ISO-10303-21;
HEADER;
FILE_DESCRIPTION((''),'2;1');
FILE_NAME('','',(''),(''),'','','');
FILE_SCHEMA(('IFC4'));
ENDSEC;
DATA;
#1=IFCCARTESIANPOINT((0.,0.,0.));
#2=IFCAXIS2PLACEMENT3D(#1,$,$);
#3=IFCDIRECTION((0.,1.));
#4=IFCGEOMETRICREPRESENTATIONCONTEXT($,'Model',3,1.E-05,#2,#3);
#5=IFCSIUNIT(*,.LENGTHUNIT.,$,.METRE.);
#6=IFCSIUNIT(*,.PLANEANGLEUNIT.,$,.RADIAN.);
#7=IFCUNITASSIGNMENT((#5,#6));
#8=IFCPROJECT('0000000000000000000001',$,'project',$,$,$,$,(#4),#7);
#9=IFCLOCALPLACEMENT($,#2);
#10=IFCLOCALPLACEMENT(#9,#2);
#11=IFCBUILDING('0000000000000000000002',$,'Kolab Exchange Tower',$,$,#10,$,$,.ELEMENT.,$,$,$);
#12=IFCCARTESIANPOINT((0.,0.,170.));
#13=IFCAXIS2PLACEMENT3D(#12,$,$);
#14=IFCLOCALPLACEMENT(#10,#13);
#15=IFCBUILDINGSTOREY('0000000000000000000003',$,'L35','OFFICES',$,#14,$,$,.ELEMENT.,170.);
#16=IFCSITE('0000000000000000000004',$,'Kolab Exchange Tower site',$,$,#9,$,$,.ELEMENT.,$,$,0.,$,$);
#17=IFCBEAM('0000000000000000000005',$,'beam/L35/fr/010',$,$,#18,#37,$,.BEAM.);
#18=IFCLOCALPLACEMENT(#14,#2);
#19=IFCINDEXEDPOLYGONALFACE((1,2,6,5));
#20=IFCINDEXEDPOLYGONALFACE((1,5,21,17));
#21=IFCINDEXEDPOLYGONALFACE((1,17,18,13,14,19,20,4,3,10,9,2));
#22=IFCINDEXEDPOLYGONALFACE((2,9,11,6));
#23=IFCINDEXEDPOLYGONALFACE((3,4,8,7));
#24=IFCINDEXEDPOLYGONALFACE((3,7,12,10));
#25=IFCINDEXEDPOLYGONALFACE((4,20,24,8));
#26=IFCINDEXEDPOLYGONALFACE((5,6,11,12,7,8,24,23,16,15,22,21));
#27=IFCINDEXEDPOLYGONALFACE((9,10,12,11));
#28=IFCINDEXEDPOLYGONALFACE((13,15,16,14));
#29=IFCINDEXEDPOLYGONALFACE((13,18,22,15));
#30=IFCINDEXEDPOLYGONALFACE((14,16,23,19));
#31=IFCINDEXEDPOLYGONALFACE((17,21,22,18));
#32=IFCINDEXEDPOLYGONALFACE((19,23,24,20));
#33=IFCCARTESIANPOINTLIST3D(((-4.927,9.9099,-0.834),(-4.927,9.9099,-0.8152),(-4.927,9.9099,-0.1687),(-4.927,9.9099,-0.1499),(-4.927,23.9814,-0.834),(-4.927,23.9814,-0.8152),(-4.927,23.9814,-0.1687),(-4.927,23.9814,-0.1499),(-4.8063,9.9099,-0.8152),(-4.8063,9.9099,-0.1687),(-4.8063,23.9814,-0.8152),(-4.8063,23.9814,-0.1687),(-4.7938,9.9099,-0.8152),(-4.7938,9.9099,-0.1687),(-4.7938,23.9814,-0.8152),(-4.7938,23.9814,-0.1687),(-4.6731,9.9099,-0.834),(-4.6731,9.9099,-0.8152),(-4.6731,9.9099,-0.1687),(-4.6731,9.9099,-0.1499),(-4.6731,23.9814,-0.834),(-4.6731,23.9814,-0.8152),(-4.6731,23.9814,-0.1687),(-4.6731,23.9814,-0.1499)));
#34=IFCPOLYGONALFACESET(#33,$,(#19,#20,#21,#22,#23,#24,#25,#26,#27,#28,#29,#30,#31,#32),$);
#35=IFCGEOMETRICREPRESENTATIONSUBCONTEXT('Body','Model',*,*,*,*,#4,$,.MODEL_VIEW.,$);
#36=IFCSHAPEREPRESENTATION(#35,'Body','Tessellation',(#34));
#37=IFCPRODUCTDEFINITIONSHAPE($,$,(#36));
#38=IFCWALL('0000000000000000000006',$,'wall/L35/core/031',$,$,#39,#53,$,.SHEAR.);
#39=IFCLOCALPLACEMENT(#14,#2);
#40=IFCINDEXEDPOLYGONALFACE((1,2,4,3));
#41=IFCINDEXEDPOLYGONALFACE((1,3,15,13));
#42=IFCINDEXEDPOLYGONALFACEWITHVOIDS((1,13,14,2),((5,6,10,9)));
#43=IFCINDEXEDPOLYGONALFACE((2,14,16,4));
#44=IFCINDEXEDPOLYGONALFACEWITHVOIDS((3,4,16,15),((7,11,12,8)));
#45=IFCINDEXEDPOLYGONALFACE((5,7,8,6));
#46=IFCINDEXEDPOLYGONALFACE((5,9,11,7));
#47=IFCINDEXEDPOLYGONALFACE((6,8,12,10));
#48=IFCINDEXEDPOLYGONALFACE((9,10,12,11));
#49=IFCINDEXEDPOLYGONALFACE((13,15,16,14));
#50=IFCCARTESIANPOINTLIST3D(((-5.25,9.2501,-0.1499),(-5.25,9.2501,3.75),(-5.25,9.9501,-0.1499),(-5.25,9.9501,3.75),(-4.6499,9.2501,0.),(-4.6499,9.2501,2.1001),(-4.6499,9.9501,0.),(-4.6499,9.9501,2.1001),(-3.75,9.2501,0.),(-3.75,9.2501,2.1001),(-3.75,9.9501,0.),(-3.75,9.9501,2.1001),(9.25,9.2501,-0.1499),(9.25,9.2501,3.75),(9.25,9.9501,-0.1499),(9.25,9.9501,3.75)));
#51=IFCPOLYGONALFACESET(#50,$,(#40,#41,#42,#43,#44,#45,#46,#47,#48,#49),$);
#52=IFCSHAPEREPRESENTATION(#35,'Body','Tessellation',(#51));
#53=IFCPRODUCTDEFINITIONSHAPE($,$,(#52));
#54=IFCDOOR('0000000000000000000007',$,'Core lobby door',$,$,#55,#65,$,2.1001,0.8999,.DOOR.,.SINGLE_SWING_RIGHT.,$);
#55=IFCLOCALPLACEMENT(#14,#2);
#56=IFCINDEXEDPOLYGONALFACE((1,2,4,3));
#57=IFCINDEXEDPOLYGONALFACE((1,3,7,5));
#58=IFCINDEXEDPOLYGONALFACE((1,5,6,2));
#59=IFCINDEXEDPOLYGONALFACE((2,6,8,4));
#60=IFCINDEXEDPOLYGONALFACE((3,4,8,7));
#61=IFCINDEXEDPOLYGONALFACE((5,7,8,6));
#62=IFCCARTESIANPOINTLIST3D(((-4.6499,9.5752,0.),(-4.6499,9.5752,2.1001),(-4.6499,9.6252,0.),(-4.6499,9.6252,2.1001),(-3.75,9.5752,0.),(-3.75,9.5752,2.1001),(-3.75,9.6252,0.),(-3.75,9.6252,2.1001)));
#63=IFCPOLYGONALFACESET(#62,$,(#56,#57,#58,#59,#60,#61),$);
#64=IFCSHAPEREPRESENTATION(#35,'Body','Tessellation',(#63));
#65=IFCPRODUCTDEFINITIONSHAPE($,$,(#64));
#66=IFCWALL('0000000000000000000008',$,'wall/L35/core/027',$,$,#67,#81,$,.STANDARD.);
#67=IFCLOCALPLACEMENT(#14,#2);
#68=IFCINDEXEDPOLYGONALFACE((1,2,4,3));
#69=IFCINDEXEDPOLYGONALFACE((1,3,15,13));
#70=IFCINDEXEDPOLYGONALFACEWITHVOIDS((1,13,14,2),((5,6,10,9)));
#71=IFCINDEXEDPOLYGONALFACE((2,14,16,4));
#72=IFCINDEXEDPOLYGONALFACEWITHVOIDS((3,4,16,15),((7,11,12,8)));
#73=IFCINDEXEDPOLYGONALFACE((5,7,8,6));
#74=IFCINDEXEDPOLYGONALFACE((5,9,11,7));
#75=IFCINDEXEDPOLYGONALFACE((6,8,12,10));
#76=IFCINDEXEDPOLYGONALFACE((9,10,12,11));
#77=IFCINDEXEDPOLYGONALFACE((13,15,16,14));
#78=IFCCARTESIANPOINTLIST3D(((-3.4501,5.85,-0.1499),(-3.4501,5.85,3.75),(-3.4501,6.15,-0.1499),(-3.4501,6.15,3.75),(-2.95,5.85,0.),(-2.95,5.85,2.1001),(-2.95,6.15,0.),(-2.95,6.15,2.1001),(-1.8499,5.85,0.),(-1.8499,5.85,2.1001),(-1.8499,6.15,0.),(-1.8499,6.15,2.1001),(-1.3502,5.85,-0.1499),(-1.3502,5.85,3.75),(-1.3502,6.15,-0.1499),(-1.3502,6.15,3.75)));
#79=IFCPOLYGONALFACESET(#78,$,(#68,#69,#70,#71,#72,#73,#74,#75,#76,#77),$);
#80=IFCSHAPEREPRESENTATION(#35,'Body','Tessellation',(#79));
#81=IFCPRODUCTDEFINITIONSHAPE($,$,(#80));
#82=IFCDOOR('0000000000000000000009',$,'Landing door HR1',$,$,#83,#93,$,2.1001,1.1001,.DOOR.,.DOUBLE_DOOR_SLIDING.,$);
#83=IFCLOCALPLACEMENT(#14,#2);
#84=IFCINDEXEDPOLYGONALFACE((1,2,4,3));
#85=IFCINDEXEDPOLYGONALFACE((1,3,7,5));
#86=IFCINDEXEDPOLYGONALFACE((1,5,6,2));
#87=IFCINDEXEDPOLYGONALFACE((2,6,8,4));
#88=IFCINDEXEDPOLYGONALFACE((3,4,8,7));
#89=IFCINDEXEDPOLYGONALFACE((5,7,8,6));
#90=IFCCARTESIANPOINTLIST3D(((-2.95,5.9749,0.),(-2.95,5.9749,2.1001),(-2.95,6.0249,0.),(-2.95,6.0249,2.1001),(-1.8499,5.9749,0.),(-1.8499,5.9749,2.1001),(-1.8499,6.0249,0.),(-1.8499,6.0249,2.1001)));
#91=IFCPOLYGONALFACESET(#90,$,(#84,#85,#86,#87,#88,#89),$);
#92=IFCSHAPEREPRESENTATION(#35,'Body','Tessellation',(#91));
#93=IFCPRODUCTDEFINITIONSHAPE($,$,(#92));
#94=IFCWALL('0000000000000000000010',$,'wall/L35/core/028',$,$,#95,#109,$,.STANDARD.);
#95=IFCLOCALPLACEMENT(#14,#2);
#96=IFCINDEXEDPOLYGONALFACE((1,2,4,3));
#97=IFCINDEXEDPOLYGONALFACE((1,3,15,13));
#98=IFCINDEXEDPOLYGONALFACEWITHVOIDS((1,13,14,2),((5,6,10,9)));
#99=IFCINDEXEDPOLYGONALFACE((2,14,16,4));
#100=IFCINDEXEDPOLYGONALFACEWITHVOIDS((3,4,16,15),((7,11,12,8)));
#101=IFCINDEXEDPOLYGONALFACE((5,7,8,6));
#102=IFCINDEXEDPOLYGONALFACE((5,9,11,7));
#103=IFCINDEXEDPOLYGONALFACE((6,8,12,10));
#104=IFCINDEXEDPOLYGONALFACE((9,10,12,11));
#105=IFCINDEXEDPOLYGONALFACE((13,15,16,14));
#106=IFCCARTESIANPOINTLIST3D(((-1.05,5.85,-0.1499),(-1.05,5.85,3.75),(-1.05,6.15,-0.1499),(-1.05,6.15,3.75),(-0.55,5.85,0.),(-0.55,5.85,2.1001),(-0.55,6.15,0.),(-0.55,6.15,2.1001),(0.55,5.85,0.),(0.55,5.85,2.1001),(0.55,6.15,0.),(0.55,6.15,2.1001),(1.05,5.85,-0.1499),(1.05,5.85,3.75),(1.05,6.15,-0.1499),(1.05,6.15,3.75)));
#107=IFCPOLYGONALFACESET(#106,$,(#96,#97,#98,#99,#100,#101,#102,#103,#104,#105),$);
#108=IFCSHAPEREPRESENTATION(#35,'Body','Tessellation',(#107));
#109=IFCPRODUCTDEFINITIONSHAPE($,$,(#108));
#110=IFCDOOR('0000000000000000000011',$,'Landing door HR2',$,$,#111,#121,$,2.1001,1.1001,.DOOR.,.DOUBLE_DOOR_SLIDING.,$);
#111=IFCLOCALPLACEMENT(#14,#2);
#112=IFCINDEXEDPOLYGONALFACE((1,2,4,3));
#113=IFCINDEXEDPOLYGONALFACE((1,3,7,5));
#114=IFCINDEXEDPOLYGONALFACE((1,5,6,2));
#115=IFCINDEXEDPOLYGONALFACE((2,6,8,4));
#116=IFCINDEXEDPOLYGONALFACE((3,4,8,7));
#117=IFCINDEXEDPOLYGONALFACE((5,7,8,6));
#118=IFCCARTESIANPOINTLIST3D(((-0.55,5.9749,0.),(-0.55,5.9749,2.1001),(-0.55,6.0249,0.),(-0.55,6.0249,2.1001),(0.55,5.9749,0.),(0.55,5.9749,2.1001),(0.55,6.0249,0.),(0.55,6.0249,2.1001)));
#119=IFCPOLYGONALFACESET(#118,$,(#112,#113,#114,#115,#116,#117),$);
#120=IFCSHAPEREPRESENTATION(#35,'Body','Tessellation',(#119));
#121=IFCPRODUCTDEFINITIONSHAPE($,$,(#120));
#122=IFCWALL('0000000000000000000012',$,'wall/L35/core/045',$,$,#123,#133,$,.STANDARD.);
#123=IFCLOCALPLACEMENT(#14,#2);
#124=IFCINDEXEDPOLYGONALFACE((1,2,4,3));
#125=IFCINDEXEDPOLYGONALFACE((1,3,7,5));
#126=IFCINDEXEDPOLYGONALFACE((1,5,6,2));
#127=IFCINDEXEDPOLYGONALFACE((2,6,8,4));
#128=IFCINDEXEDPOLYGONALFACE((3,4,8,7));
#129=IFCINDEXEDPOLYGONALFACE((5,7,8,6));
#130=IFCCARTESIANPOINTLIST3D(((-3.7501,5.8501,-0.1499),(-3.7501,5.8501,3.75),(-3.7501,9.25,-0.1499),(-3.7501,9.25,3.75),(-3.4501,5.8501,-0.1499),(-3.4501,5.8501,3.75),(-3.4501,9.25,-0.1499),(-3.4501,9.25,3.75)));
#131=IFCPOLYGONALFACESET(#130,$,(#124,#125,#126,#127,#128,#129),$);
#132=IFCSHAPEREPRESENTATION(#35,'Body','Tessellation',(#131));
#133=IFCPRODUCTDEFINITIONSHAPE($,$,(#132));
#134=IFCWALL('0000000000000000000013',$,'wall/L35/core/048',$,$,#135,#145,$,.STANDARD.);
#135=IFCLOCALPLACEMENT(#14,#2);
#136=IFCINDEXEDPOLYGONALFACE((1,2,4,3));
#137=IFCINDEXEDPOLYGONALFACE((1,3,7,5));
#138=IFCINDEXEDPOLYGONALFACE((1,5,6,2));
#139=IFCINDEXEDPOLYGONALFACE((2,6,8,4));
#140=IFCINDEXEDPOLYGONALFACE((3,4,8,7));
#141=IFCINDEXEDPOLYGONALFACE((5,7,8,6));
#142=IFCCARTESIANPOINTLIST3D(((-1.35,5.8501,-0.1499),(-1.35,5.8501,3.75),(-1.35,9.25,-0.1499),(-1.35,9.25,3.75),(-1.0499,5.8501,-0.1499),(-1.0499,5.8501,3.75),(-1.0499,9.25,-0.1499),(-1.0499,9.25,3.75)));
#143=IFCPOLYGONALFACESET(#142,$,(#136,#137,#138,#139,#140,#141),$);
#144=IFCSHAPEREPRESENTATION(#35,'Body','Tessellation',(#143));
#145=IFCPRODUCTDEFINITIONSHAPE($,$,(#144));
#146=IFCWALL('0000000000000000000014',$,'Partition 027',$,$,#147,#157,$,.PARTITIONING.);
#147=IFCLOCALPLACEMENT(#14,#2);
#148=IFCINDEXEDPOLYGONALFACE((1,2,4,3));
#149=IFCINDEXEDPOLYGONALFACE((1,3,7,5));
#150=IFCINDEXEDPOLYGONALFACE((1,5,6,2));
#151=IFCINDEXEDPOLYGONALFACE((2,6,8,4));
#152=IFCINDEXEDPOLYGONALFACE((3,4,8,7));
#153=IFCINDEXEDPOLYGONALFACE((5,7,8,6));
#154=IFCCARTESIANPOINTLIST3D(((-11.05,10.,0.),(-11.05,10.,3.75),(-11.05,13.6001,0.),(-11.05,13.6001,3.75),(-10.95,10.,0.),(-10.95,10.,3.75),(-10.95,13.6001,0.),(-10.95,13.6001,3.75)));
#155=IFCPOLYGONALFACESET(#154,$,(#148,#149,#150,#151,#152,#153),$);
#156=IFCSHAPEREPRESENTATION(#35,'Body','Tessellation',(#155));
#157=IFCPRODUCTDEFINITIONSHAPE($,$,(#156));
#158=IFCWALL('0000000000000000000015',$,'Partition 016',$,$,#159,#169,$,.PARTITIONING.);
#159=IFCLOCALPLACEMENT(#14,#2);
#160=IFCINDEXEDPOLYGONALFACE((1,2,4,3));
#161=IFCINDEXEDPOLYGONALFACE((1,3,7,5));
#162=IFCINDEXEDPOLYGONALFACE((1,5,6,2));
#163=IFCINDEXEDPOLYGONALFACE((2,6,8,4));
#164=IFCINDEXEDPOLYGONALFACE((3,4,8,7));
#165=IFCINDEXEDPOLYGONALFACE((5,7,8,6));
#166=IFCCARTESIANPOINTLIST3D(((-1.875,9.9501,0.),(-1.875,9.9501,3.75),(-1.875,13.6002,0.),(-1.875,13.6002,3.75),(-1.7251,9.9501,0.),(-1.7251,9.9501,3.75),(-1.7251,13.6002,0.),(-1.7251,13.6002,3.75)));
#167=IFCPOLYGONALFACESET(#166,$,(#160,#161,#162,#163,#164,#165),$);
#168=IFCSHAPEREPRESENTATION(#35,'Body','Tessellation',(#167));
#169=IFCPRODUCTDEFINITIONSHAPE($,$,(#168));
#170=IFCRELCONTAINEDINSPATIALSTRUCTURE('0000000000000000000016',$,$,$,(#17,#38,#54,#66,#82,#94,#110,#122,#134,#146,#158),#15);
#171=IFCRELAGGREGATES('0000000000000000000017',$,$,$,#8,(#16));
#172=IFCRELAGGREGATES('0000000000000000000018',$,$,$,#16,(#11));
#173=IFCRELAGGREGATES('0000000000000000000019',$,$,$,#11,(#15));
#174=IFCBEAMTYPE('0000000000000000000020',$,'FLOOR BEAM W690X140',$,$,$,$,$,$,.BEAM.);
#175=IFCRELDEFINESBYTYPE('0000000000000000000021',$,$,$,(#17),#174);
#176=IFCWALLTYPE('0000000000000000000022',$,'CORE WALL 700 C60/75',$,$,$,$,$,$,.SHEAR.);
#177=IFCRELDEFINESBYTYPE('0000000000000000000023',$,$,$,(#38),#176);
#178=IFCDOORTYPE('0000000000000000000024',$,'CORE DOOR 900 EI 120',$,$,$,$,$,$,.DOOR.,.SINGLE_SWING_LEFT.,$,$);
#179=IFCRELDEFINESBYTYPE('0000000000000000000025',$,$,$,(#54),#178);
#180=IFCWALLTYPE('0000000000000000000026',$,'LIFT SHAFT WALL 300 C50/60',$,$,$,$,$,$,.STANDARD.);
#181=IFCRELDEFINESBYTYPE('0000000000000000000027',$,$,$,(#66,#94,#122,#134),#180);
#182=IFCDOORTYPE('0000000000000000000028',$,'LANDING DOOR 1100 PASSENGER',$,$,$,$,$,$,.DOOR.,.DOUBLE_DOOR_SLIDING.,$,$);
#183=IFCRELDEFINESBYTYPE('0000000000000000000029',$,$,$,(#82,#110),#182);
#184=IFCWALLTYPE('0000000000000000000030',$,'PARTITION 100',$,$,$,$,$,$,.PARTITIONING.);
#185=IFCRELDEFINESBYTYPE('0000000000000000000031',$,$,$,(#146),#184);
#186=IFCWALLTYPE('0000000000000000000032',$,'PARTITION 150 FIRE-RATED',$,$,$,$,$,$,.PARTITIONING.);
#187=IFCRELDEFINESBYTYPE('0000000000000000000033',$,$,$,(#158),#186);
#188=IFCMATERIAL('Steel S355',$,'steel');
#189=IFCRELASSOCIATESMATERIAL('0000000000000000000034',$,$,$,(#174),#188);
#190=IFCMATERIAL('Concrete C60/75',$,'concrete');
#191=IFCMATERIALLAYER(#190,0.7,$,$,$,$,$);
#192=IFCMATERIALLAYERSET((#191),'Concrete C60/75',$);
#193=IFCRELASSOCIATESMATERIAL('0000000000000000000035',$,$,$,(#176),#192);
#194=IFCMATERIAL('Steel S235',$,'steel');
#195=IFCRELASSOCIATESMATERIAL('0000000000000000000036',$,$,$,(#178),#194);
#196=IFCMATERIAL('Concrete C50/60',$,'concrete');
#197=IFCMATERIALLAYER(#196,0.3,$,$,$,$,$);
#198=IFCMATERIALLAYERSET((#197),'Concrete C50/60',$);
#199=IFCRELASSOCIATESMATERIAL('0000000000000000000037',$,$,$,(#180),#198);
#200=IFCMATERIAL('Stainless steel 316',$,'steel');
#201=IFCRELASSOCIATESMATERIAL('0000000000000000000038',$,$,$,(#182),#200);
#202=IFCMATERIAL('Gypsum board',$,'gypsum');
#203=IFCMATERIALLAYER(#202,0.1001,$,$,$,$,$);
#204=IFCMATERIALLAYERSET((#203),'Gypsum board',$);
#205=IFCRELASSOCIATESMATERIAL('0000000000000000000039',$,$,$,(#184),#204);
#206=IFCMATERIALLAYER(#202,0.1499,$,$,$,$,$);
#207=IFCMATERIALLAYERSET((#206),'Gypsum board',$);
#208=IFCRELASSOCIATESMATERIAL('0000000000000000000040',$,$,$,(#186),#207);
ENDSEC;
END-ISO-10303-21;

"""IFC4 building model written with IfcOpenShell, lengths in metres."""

from ifc_helpers import new_model, si_unit, direction, frame, frame_2d, origin, origin_2d, place, context, subcontext, project, spatial, rectangle, i_section, extrude, material, layer, layer_set, material_profile, profile_set, type_object, element, fill, save


model = new_model("IFC4")

# Units and contexts
model_context = context("Model", 3, precision=1e-05, world=origin(), true_north=direction((0.0, 1.0)))
body_context = subcontext(model_context, "Body", "Model", "MODEL_VIEW")
ifc_project = project(units=[si_unit("LENGTHUNIT", "METRE"), si_unit("PLANEANGLEUNIT", "RADIAN")], contexts=[model_context])

# Site, building, storey
site_placement = place(None, origin())
site = spatial("IfcSite", under=ifc_project, at=site_placement, Name="Kolab Exchange Tower site", CompositionType="ELEMENT", RefElevation=0.0)
building_placement = place(site_placement, origin())
building = spatial("IfcBuilding", under=site, at=building_placement, Name="Kolab Exchange Tower", CompositionType="ELEMENT")
storey_placement = place(building_placement, frame((0.0, 0.0, 170.0)))
storey = spatial("IfcBuildingStorey", under=building, at=storey_placement, Name="L35", Description="OFFICES", CompositionType="ELEMENT", Elevation=170.0)

# Beam
ifc_material_1 = material(Name="Steel S355", Category="steel")
ifc_material_profile = material_profile(ifc_material_1, i_section(OverallWidth=0.2539, OverallDepth=0.6841, WebThickness=0.0125, FlangeThickness=0.0188, at=origin_2d()), Name="W690X140")
ifc_profile_set = profile_set([ifc_material_profile], Name="Steel S355")
beam_type = type_object("IfcBeamType", Name="FLOOR BEAM W690X140", PredefinedType="BEAM", material=ifc_profile_set)
beam_placement = place(storey_placement, frame((-4.8, 9.9099, -0.4919), z_axis=(0.0, 1.0, 0.0), x_axis=(-1.0, 0.0, 0.0)))
element("IfcBeam", 1, at=beam_placement, inside=storey, type_object=beam_type, Name="beam/L35/fr/010", PredefinedType="BEAM", context=body_context, shape_type="SweptSolid", body=[
    extrude(i_section(OverallWidth=0.2539, OverallDepth=0.6841, WebThickness=0.0125, FlangeThickness=0.0188, at=origin_2d()), origin(), (0.0, 0.0, 1.0), 14.0715),
])

# Walls, openings, doors
ifc_material_2 = material(Name="Concrete C60/75", Category="concrete")
ifc_layer_1 = layer(ifc_material_2, 0.7)
ifc_layer_set_1 = layer_set([ifc_layer_1], Name="Concrete C60/75")
wall_type_1 = type_object("IfcWallType", Name="CORE WALL 700 C60/75", PredefinedType="SHEAR", material=ifc_layer_set_1)
wall_1_placement = place(storey_placement, frame((-5.25, 9.6001, -0.1499), z_axis=(0.0, 0.0, 1.0), x_axis=(1.0, 0.0, 0.0)))
wall_1 = element("IfcWall", 2, at=wall_1_placement, inside=storey, type_object=wall_type_1, Name="wall/L35/core/031", PredefinedType="SHEAR", context=body_context, shape_type="SweptSolid", body=[
    extrude(rectangle(XDim=14.5, YDim=0.7, at=frame_2d((7.25, 0.0))), origin(), (0.0, 0.0, 1.0), 3.8999),
])
opening_1_placement = place(wall_1_placement, frame((0.6001, 0.0, 0.1499)))
opening_1 = element("IfcOpeningElement", 3, at=opening_1_placement, cuts=wall_1, PredefinedType="OPENING", context=body_context, shape_type="SweptSolid", body=[
    extrude(rectangle(XDim=0.8999, YDim=2.1001, at=frame_2d((0.45, 1.05))), frame((0.0, 0.3599, 0.0), z_axis=(0.0, -1.0, 0.0), x_axis=(1.0, 0.0, 0.0)), (0.0, 0.0, 1.0), 0.72),
])
ifc_material_3 = material(Name="Steel S235", Category="steel")
door_type_1 = type_object("IfcDoorType", Name="CORE DOOR 900 EI 120", OperationType="SINGLE_SWING_LEFT", PredefinedType="DOOR", material=ifc_material_3)
door_1_placement = place(opening_1_placement, frame((0.8999, 0.0, 0.0), z_axis=(0.0, 0.0, 1.0), x_axis=(-1.0, 0.0, 0.0)))
door_1 = element("IfcDoor", 4, at=door_1_placement, inside=storey, type_object=door_type_1, Name="Core lobby door", OperationType="SINGLE_SWING_RIGHT", OverallHeight=2.1001, OverallWidth=0.8999, PredefinedType="DOOR", context=body_context, shape_type="SweptSolid", body=[
    extrude(rectangle(XDim=0.8999, YDim=2.1001, at=frame_2d((0.45, 1.05))), frame((0.0, 0.0249, 0.0), z_axis=(0.0, -1.0, 0.0), x_axis=(1.0, 0.0, 0.0)), (0.0, 0.0, 1.0), 0.05),
])
fill(opening_1, door_1)
ifc_material_4 = material(Name="Concrete C50/60", Category="concrete")
ifc_layer_2 = layer(ifc_material_4, 0.3)
ifc_layer_set_2 = layer_set([ifc_layer_2], Name="Concrete C50/60")
wall_type_2 = type_object("IfcWallType", Name="LIFT SHAFT WALL 300 C50/60", PredefinedType="STANDARD", material=ifc_layer_set_2)
wall_2_placement = place(storey_placement, frame((-3.45, 6.0, -0.1499), z_axis=(0.0, 0.0, 1.0), x_axis=(1.0, 0.0, 0.0)))
wall_2 = element("IfcWall", 5, at=wall_2_placement, inside=storey, type_object=wall_type_2, Name="wall/L35/core/027", PredefinedType="STANDARD", context=body_context, shape_type="SweptSolid", body=[
    extrude(rectangle(XDim=2.0999, YDim=0.3, at=frame_2d((1.0498, 0.0))), origin(), (0.0, 0.0, 1.0), 3.8999),
])
opening_2_placement = place(wall_2_placement, frame((0.5, 0.0, 0.1499)))
opening_2 = element("IfcOpeningElement", 6, at=opening_2_placement, cuts=wall_2, PredefinedType="OPENING", context=body_context, shape_type="SweptSolid", body=[
    extrude(rectangle(XDim=1.1001, YDim=2.1001, at=frame_2d((0.55, 1.05))), frame((0.0, 0.1602, 0.0), z_axis=(0.0, -1.0, 0.0), x_axis=(1.0, 0.0, 0.0)), (0.0, 0.0, 1.0), 0.3201),
])
ifc_material_5 = material(Name="Stainless steel 316", Category="steel")
door_type_2 = type_object("IfcDoorType", Name="LANDING DOOR 1100 PASSENGER", OperationType="DOUBLE_DOOR_SLIDING", PredefinedType="DOOR", material=ifc_material_5)
door_2_placement = place(opening_2_placement, origin())
door_2 = element("IfcDoor", 7, at=door_2_placement, inside=storey, type_object=door_type_2, Name="Landing door HR1", OperationType="DOUBLE_DOOR_SLIDING", OverallHeight=2.1001, OverallWidth=1.1001, PredefinedType="DOOR", context=body_context, shape_type="SweptSolid", body=[
    extrude(rectangle(XDim=1.1001, YDim=2.1001, at=frame_2d((0.55, 1.05))), frame((0.0, 0.0249, 0.0), z_axis=(0.0, -1.0, 0.0), x_axis=(1.0, 0.0, 0.0)), (0.0, 0.0, 1.0), 0.05),
])
fill(opening_2, door_2)
wall_3_placement = place(storey_placement, frame((-1.05, 6.0, -0.1499), z_axis=(0.0, 0.0, 1.0), x_axis=(1.0, 0.0, 0.0)))
wall_3 = element("IfcWall", 8, at=wall_3_placement, inside=storey, type_object=wall_type_2, Name="wall/L35/core/028", PredefinedType="STANDARD", context=body_context, shape_type="SweptSolid", body=[
    extrude(rectangle(XDim=2.1001, YDim=0.3, at=frame_2d((1.05, 0.0))), origin(), (0.0, 0.0, 1.0), 3.8999),
])
opening_3_placement = place(wall_3_placement, frame((0.5, 0.0, 0.1499)))
opening_3 = element("IfcOpeningElement", 9, at=opening_3_placement, cuts=wall_3, PredefinedType="OPENING", context=body_context, shape_type="SweptSolid", body=[
    extrude(rectangle(XDim=1.1001, YDim=2.1001, at=frame_2d((0.55, 1.05))), frame((0.0, 0.1602, 0.0), z_axis=(0.0, -1.0, 0.0), x_axis=(1.0, 0.0, 0.0)), (0.0, 0.0, 1.0), 0.3201),
])
door_3_placement = place(opening_3_placement, origin())
door_3 = element("IfcDoor", 10, at=door_3_placement, inside=storey, type_object=door_type_2, Name="Landing door HR2", OperationType="DOUBLE_DOOR_SLIDING", OverallHeight=2.1001, OverallWidth=1.1001, PredefinedType="DOOR", context=body_context, shape_type="SweptSolid", body=[
    extrude(rectangle(XDim=1.1001, YDim=2.1001, at=frame_2d((0.55, 1.05))), frame((0.0, 0.0249, 0.0), z_axis=(0.0, -1.0, 0.0), x_axis=(1.0, 0.0, 0.0)), (0.0, 0.0, 1.0), 0.05),
])
fill(opening_3, door_3)

# Walls
for number, where, z_axis, x_axis, name in (
    (11, (-3.6001, 5.8501, -0.1499), (0.0, 0.0, 1.0), (0.0, 1.0, 0.0), "wall/L35/core/045"),
    (12, (-1.2, 5.8501, -0.1499), (0.0, 0.0, 1.0), (0.0, 1.0, 0.0), "wall/L35/core/048"),
):
    element("IfcWall", number, at=place(storey_placement, frame(where, z_axis=z_axis, x_axis=x_axis)), inside=storey, type_object=wall_type_2, Name=name, PredefinedType="STANDARD", context=body_context, shape_type="SweptSolid", body=[
        extrude(rectangle(XDim=3.3999, YDim=0.3, at=frame_2d((1.7, 0.0))), origin(), (0.0, 0.0, 1.0), 3.8999),
    ])
ifc_material_6 = material(Name="Gypsum board", Category="gypsum")
ifc_layer_3 = layer(ifc_material_6, 0.1001)
ifc_layer_set_3 = layer_set([ifc_layer_3], Name="Gypsum board")
wall_type_3 = type_object("IfcWallType", Name="PARTITION 100", PredefinedType="PARTITIONING", material=ifc_layer_set_3)
wall_4_placement = place(storey_placement, frame((-11.0, 10.0, 0.0), z_axis=(0.0, 0.0, 1.0), x_axis=(0.0, 1.0, 0.0)))
element("IfcWall", 13, at=wall_4_placement, inside=storey, type_object=wall_type_3, Name="Partition 027", PredefinedType="PARTITIONING", context=body_context, shape_type="SweptSolid", body=[
    extrude(rectangle(XDim=3.6001, YDim=0.1001, at=frame_2d((1.8, 0.0))), origin(), (0.0, 0.0, 1.0), 3.75),
])
ifc_layer_4 = layer(ifc_material_6, 0.1499)
ifc_layer_set_4 = layer_set([ifc_layer_4], Name="Gypsum board")
wall_type_4 = type_object("IfcWallType", Name="PARTITION 150 FIRE-RATED", PredefinedType="PARTITIONING", material=ifc_layer_set_4)
wall_5_placement = place(storey_placement, frame((-1.8, 9.95, 0.0), z_axis=(0.0, 0.0, 1.0), x_axis=(0.0, 1.0, 0.0)))
element("IfcWall", 14, at=wall_5_placement, inside=storey, type_object=wall_type_4, Name="Partition 016", PredefinedType="PARTITIONING", context=body_context, shape_type="SweptSolid", body=[
    extrude(rectangle(XDim=3.6501, YDim=0.1499, at=frame_2d((1.8252, 0.0))), origin(), (0.0, 0.0, 1.0), 3.75),
])

save(model, "model.ifc")
